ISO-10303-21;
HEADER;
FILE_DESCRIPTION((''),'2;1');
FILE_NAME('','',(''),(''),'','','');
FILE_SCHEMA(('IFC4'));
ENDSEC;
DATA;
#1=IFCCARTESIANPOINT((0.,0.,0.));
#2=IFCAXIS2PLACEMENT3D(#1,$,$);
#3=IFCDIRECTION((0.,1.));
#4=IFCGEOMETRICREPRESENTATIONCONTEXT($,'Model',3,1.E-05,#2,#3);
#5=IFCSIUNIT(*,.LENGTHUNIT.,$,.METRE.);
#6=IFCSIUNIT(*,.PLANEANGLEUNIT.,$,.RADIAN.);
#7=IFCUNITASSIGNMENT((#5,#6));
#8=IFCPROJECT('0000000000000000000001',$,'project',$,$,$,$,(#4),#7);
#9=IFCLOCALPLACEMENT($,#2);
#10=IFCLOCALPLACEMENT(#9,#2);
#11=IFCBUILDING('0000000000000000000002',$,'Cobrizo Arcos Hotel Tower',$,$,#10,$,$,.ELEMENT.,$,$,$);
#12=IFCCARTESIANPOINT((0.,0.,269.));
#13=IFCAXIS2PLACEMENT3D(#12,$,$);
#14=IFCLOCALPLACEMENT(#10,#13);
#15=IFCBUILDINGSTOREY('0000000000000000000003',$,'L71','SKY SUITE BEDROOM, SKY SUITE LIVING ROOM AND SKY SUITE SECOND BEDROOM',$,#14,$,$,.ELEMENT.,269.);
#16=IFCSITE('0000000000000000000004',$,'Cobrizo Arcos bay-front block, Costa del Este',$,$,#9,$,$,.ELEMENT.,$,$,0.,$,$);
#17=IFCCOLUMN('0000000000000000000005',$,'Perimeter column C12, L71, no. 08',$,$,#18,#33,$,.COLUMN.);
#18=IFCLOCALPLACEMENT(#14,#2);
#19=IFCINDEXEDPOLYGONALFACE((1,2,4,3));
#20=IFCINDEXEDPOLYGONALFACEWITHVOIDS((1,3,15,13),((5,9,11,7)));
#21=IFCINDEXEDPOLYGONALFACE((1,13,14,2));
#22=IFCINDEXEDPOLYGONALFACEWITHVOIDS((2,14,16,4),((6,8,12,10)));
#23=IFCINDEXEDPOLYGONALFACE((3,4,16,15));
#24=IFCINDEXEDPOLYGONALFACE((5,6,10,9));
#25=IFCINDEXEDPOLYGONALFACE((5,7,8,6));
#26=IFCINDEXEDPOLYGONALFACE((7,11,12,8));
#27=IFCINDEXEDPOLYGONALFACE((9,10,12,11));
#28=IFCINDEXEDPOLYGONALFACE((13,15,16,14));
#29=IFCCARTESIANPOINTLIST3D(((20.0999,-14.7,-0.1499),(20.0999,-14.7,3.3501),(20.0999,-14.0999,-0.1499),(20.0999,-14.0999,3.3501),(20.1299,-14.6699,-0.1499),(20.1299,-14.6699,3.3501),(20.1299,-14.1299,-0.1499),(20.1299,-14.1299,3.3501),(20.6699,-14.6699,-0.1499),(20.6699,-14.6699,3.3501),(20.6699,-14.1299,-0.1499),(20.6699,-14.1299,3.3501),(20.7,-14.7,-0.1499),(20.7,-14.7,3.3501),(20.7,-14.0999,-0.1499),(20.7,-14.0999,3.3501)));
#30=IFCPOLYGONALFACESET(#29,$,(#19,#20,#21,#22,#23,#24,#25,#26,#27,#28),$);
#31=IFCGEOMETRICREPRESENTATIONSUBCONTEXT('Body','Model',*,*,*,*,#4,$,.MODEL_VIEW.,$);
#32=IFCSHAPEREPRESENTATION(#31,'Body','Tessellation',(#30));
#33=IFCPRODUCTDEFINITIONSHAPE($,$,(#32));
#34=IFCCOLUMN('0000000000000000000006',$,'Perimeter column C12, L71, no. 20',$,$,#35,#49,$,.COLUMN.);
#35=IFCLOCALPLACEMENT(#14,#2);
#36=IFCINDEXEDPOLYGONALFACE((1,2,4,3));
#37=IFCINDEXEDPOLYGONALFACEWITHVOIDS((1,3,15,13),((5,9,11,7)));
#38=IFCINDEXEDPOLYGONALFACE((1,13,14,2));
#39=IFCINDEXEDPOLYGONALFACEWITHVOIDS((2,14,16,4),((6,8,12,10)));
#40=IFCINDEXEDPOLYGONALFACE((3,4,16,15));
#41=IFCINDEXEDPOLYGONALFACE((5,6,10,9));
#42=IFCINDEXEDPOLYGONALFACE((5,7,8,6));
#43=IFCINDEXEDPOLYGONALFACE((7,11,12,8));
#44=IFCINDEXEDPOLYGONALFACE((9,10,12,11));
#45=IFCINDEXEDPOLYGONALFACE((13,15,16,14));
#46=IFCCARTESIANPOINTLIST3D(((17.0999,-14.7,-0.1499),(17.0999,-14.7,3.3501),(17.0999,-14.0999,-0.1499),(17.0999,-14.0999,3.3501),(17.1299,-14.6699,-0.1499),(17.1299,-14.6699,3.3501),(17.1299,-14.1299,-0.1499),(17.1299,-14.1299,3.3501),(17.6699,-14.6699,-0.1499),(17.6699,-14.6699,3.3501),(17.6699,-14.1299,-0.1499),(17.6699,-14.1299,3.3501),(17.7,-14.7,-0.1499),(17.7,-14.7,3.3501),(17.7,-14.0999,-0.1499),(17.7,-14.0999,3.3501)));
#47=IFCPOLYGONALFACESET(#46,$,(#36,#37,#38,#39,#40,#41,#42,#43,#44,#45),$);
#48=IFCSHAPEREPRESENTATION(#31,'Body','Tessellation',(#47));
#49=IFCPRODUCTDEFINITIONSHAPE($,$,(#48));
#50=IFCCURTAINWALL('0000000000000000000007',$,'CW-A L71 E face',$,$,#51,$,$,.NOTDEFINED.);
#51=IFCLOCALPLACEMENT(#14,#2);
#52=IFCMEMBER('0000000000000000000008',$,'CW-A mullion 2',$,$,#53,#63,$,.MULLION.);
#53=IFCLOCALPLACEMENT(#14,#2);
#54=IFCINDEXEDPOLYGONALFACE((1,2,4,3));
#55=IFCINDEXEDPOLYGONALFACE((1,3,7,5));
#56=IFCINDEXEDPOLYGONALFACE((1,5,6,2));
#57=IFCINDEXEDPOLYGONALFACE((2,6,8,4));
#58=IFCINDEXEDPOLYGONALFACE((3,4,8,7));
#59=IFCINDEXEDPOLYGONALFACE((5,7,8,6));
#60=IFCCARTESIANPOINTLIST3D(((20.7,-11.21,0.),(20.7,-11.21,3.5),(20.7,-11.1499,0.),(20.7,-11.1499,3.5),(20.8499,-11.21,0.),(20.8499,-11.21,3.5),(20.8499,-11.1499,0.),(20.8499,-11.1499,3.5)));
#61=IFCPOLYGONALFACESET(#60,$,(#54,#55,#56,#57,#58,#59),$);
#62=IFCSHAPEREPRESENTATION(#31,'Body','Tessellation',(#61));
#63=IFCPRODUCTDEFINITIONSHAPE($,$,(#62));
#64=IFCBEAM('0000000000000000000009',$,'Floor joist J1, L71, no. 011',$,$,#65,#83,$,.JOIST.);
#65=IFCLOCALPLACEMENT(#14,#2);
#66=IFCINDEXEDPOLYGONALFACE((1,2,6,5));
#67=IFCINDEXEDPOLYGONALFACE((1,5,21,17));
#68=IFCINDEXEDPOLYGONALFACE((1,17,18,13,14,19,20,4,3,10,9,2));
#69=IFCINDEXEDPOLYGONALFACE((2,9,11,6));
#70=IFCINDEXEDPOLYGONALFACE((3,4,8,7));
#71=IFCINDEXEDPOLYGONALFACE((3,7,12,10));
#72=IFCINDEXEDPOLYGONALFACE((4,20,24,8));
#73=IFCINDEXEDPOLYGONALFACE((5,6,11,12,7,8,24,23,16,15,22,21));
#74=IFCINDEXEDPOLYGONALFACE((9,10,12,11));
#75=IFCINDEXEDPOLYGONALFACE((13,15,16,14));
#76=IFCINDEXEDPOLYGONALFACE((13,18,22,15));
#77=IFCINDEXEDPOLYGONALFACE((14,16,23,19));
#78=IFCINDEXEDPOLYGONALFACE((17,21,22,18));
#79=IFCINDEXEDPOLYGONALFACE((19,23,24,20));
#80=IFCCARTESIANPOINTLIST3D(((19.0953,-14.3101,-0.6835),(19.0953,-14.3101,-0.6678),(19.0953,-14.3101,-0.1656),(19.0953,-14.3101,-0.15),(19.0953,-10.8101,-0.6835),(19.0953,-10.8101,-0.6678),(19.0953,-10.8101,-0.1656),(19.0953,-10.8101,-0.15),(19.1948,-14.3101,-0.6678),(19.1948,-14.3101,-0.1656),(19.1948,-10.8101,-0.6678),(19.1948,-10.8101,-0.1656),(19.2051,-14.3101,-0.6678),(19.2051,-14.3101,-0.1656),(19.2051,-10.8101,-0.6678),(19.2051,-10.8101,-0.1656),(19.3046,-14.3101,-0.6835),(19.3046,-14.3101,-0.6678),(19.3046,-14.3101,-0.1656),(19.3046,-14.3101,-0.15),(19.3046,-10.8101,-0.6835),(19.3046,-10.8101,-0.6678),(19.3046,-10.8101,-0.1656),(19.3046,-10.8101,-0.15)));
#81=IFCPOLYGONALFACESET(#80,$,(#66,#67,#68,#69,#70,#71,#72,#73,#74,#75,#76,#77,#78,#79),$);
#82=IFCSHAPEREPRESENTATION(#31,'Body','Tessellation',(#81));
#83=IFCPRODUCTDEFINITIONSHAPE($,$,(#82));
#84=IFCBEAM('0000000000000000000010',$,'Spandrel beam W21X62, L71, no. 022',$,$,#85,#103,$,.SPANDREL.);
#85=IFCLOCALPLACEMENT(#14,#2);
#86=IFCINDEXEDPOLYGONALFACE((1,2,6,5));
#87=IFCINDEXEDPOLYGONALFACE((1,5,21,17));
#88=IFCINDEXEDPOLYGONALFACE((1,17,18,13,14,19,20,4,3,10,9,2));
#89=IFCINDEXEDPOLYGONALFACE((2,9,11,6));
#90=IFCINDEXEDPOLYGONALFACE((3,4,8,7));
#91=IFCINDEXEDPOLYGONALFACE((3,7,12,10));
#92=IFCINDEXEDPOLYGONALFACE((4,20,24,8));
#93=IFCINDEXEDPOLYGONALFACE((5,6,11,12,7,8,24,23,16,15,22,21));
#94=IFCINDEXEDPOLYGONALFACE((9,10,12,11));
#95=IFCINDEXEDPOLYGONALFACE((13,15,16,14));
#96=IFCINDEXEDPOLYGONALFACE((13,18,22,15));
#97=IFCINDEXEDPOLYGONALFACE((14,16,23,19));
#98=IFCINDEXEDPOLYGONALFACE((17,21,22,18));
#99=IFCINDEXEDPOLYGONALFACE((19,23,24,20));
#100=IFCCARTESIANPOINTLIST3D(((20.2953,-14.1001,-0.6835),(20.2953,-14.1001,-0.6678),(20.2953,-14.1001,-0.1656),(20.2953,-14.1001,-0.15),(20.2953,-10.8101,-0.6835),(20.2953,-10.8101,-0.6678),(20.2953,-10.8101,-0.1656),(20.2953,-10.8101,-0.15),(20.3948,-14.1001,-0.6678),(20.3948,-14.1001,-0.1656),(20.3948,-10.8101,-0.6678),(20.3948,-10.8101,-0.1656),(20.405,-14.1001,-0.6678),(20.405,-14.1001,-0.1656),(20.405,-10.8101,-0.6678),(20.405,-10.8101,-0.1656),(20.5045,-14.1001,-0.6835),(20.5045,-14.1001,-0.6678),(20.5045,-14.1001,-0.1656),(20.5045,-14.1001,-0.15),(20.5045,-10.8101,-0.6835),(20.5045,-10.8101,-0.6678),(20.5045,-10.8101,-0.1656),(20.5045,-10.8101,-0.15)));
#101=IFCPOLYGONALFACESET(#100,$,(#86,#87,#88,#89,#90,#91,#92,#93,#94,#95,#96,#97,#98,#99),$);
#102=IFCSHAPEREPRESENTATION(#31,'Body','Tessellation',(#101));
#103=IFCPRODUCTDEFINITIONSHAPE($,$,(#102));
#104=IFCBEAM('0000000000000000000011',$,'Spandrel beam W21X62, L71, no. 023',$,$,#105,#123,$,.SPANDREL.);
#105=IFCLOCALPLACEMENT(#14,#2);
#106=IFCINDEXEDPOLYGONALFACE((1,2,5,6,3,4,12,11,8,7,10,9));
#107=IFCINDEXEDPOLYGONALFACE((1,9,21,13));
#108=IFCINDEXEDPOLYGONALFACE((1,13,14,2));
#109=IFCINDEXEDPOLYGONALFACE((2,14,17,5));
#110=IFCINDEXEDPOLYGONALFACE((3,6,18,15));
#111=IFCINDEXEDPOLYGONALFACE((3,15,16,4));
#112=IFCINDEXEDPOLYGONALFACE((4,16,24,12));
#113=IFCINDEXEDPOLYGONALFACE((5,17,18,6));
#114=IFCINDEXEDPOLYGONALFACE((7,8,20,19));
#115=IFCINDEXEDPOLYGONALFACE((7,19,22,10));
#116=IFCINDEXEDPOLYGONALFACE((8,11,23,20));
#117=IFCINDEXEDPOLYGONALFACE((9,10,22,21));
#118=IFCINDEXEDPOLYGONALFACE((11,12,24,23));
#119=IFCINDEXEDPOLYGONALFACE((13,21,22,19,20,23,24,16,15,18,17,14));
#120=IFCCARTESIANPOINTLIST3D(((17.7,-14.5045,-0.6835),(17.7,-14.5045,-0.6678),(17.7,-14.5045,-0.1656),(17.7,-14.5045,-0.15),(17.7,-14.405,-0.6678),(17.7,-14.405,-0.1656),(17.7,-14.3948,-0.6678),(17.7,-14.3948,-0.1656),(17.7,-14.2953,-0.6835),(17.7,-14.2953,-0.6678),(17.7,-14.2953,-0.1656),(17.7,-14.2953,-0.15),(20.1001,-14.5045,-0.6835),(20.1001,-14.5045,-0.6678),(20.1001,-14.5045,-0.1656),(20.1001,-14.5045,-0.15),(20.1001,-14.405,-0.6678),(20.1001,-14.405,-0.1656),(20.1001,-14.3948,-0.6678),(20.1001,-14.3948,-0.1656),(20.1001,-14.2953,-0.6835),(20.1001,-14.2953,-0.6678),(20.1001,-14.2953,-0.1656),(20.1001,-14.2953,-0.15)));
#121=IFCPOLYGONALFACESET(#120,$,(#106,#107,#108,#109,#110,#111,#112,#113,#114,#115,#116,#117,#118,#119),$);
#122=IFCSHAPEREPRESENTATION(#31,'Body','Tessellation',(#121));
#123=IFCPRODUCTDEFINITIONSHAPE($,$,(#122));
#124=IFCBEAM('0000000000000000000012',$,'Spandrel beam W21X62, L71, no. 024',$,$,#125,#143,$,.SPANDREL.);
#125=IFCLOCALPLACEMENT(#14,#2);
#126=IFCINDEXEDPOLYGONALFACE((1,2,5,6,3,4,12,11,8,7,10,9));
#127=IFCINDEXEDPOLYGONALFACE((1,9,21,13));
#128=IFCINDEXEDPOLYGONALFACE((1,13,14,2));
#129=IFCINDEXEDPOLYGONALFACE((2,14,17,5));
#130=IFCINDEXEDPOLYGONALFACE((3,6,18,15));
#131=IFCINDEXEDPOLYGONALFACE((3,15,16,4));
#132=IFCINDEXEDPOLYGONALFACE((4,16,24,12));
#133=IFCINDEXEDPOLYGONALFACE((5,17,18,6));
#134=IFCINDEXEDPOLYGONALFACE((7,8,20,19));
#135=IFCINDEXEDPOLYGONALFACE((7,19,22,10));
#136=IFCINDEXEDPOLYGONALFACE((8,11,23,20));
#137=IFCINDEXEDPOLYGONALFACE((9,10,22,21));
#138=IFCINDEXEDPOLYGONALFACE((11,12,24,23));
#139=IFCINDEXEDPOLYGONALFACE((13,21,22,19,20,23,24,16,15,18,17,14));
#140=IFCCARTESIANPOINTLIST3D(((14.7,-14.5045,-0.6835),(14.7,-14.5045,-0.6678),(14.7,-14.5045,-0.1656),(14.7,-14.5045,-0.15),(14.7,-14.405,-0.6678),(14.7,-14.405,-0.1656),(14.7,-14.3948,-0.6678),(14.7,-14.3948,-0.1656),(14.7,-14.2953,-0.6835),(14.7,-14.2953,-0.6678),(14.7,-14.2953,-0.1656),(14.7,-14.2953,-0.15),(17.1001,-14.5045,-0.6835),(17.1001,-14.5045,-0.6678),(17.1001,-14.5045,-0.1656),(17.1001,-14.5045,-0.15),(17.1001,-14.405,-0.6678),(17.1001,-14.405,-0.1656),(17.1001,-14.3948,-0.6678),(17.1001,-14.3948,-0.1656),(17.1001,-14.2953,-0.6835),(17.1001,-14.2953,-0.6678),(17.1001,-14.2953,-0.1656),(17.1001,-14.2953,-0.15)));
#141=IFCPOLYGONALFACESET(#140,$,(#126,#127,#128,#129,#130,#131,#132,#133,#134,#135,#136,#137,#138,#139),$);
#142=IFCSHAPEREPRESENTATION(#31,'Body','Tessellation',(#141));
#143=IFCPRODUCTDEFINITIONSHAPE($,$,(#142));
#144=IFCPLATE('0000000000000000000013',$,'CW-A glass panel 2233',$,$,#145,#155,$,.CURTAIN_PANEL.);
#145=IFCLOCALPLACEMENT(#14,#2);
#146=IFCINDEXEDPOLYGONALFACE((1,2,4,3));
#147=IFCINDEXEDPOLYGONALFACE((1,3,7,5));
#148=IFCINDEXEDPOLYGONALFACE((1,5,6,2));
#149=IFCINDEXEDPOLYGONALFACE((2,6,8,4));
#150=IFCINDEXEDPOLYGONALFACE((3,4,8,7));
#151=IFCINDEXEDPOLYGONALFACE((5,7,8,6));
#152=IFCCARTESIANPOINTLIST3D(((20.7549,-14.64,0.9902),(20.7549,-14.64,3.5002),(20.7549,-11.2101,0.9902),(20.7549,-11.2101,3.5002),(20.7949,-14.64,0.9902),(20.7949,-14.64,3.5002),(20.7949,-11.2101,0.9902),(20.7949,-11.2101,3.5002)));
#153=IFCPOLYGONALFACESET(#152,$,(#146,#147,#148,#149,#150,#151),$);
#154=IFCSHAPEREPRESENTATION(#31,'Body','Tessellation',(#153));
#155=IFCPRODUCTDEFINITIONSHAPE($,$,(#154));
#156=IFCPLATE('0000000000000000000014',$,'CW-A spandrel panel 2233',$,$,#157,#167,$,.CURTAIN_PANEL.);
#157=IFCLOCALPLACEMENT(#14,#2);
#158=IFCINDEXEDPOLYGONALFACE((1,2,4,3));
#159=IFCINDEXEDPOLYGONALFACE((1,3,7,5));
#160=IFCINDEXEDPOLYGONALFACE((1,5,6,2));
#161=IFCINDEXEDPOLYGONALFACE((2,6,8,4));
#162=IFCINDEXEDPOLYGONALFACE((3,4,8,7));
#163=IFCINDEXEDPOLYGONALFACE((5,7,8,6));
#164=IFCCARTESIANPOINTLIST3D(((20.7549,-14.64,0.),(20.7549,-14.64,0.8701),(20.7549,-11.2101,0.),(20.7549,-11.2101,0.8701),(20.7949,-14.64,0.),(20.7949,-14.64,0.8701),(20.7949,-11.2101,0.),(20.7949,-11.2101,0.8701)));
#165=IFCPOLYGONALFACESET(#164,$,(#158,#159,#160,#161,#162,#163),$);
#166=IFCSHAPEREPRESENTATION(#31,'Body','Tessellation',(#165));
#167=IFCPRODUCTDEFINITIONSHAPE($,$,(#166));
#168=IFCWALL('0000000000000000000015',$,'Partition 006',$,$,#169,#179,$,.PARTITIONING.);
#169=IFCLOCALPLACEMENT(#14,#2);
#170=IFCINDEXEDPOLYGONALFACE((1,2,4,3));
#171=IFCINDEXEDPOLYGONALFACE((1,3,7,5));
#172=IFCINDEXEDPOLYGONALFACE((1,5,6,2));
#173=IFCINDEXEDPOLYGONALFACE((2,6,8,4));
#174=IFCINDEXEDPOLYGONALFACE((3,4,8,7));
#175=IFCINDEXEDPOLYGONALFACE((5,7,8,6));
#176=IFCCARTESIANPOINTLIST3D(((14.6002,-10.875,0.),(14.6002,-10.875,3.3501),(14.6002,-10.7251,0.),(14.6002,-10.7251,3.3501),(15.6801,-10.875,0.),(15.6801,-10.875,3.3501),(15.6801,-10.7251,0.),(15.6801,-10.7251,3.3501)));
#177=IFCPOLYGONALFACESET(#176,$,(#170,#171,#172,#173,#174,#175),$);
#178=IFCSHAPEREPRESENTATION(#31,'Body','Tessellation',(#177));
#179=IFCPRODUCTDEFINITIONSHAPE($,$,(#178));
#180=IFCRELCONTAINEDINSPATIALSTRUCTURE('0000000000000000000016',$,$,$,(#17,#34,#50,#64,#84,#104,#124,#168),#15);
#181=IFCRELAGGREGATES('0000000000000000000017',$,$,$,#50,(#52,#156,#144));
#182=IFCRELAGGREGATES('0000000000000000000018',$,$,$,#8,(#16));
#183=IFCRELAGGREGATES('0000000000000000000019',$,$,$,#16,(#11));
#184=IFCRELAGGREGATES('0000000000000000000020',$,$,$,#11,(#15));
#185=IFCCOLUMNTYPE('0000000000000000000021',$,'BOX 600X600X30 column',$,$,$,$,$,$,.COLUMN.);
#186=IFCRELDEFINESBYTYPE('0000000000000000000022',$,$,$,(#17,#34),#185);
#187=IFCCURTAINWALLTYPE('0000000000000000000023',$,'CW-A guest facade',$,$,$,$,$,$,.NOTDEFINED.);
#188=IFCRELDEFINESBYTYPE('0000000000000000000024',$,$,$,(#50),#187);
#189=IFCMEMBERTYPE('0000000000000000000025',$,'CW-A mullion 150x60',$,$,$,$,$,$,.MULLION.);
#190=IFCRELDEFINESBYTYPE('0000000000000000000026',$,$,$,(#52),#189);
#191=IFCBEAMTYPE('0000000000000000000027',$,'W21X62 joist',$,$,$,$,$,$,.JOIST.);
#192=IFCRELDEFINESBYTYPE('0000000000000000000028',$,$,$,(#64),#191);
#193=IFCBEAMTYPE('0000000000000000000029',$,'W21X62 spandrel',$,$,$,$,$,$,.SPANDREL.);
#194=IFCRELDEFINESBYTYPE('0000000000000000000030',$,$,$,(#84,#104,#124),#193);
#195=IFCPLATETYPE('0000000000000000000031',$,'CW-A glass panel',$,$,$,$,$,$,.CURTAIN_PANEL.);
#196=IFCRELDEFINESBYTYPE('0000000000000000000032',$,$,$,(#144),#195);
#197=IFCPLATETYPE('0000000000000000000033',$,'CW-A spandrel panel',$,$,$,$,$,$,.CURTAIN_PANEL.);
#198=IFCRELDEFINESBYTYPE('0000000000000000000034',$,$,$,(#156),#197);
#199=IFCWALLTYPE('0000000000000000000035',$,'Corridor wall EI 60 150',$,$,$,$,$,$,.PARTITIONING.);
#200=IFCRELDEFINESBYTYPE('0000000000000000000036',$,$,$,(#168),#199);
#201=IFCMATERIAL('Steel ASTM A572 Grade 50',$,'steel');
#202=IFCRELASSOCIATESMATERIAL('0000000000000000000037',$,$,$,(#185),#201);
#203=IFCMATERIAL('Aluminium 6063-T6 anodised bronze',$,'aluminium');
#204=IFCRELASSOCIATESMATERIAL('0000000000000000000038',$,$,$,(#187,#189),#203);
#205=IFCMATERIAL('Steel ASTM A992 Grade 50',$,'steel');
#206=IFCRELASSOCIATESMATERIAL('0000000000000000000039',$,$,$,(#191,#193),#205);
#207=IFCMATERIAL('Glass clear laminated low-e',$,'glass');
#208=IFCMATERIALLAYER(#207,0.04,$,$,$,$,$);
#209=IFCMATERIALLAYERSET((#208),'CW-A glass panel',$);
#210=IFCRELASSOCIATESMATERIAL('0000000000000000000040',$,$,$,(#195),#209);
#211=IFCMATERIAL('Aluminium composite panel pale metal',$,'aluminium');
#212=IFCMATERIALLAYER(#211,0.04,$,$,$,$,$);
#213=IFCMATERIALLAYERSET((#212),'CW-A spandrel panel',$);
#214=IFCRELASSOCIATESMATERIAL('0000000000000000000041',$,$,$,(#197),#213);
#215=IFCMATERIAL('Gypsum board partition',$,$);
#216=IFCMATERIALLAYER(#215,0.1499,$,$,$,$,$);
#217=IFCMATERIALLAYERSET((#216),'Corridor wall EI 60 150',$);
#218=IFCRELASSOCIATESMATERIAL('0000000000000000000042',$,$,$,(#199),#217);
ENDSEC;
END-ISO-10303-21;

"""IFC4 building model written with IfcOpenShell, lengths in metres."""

from ifc_helpers import new_model, si_unit, direction, frame, frame_2d, origin, origin_2d, place, context, subcontext, project, spatial, rectangle, hollow_rectangle, i_section, extrude, material, layer, layer_set, material_profile, profile_set, type_object, element, aggregate, save


model = new_model("IFC4")

# Units and contexts
model_context = context("Model", 3, precision=1e-05, world=origin(), true_north=direction((0.0, 1.0)))
body_context = subcontext(model_context, "Body", "Model", "MODEL_VIEW")
ifc_project = project(units=[si_unit("LENGTHUNIT", "METRE"), si_unit("PLANEANGLEUNIT", "RADIAN")], contexts=[model_context])

# Site, building, storey
site_placement = place(None, origin())
site = spatial("IfcSite", under=ifc_project, at=site_placement, Name="Cobrizo Arcos bay-front block, Costa del Este", CompositionType="ELEMENT", RefElevation=0.0)
building_placement = place(site_placement, origin())
building = spatial("IfcBuilding", under=site, at=building_placement, Name="Cobrizo Arcos Hotel Tower", CompositionType="ELEMENT")
storey_placement = place(building_placement, frame((0.0, 0.0, 269.0)))
storey = spatial("IfcBuildingStorey", under=building, at=storey_placement, Name="L71", Description="SKY SUITE BEDROOM, SKY SUITE LIVING ROOM AND SKY SUITE SECOND BEDROOM", CompositionType="ELEMENT", Elevation=269.0)

# Columns
ifc_material_1 = material(Name="Steel ASTM A572 Grade 50", Category="steel")
ifc_material_profile_1 = material_profile(ifc_material_1, hollow_rectangle(XDim=0.6001, YDim=0.6001, WallThickness=0.03, at=origin_2d()), Name="BOX 600X600X30")
ifc_profile_set_1 = profile_set([ifc_material_profile_1], Name="Steel ASTM A572 Grade 50")
column_type = type_object("IfcColumnType", Name="BOX 600X600X30 column", PredefinedType="COLUMN", material=ifc_profile_set_1)
for number, where, z_axis, x_axis, name in (
    (1, (20.3999, -14.3999, -0.1499), (0.0, 0.0, 1.0), (1.0, 0.0, 0.0), "Perimeter column C12, L71, no. 08"),
    (2, (17.3999, -14.3999, -0.1499), (0.0, 0.0, 1.0), (1.0, 0.0, 0.0), "Perimeter column C12, L71, no. 20"),
):
    element("IfcColumn", number, at=place(storey_placement, frame(where, z_axis=z_axis, x_axis=x_axis)), inside=storey, type_object=column_type, Name=name, PredefinedType="COLUMN", context=body_context, shape_type="SweptSolid", body=[
        extrude(hollow_rectangle(XDim=0.6001, YDim=0.6001, WallThickness=0.03, at=origin_2d()), origin(), (0.0, 0.0, 1.0), 3.5),
    ])

# Curtain wall, member
ifc_material_2 = material(Name="Aluminium 6063-T6 anodised bronze", Category="aluminium")
curtain_wall_type = type_object("IfcCurtainWallType", Name="CW-A guest facade", PredefinedType="NOTDEFINED", material=ifc_material_2)
curtain_wall_placement = place(storey_placement, origin())
curtain_wall = element("IfcCurtainWall", 3, at=curtain_wall_placement, inside=storey, type_object=curtain_wall_type, Name="CW-A L71 E face", PredefinedType="NOTDEFINED")
ifc_material_profile_2 = material_profile(ifc_material_2, rectangle(XDim=0.1499, YDim=0.0601, at=origin_2d()), Name="CW-A mullion 150x60")
ifc_profile_set_2 = profile_set([ifc_material_profile_2], Name="Aluminium 6063-T6 anodised bronze")
member_type = type_object("IfcMemberType", Name="CW-A mullion 150x60", PredefinedType="MULLION", material=ifc_profile_set_2)
member_placement = place(storey_placement, frame((20.7749, -11.1799, 0.0), z_axis=(0.0, 0.0, 1.0), x_axis=(1.0, 0.0, 0.0)))
member = element("IfcMember", 4, at=member_placement, type_object=member_type, Name="CW-A mullion 2", PredefinedType="MULLION", context=body_context, shape_type="SweptSolid", body=[
    extrude(rectangle(XDim=0.1499, YDim=0.0601, at=origin_2d()), origin(), (0.0, 0.0, 1.0), 3.5),
])

# Beams
ifc_material_3 = material(Name="Steel ASTM A992 Grade 50", Category="steel")
ifc_material_profile_3 = material_profile(ifc_material_3, i_section(OverallWidth=0.2092, OverallDepth=0.5334, WebThickness=0.0103, FlangeThickness=0.0156, at=origin_2d()), Name="W21X62")
ifc_profile_set_3 = profile_set([ifc_material_profile_3], Name="Steel ASTM A992 Grade 50")
beam_type_1 = type_object("IfcBeamType", Name="W21X62 joist", PredefinedType="JOIST", material=ifc_profile_set_3)
beam_1_placement = place(storey_placement, frame((19.2, -14.3101, -0.4167), z_axis=(0.0, 1.0, 0.0), x_axis=(-1.0, 0.0, 0.0)))
element("IfcBeam", 5, at=beam_1_placement, inside=storey, type_object=beam_type_1, Name="Floor joist J1, L71, no. 011", PredefinedType="JOIST", context=body_context, shape_type="SweptSolid", body=[
    extrude(i_section(OverallWidth=0.2092, OverallDepth=0.5334, WebThickness=0.0103, FlangeThickness=0.0156, at=origin_2d()), origin(), (0.0, 0.0, 1.0), 3.5),
])
ifc_material_profile_4 = material_profile(ifc_material_3, i_section(OverallWidth=0.2092, OverallDepth=0.5334, WebThickness=0.0103, FlangeThickness=0.0156, at=origin_2d()), Name="W21X62")
ifc_profile_set_4 = profile_set([ifc_material_profile_4], Name="Steel ASTM A992 Grade 50")
beam_type_2 = type_object("IfcBeamType", Name="W21X62 spandrel", PredefinedType="SPANDREL", material=ifc_profile_set_4)
beam_2_placement = place(storey_placement, frame((20.3999, -10.8101, -0.4167), z_axis=(0.0, -1.0, 0.0), x_axis=(1.0, 0.0, 0.0)))
element("IfcBeam", 6, at=beam_2_placement, inside=storey, type_object=beam_type_2, Name="Spandrel beam W21X62, L71, no. 022", PredefinedType="SPANDREL", context=body_context, shape_type="SweptSolid", body=[
    extrude(i_section(OverallWidth=0.2092, OverallDepth=0.5334, WebThickness=0.0103, FlangeThickness=0.0156, at=origin_2d()), origin(), (0.0, 0.0, 1.0), 3.29),
])
for number, where, z_axis, x_axis, name in (
    (7, (20.1001, -14.3999, -0.4167), (-1.0, 0.0, 0.0), (0.0, -1.0, 0.0), "Spandrel beam W21X62, L71, no. 023"),
    (8, (17.1001, -14.3999, -0.4167), (-1.0, 0.0, 0.0), (0.0, -1.0, 0.0), "Spandrel beam W21X62, L71, no. 024"),
):
    element("IfcBeam", number, at=place(storey_placement, frame(where, z_axis=z_axis, x_axis=x_axis)), inside=storey, type_object=beam_type_2, Name=name, PredefinedType="SPANDREL", context=body_context, shape_type="SweptSolid", body=[
        extrude(i_section(OverallWidth=0.2092, OverallDepth=0.5334, WebThickness=0.0103, FlangeThickness=0.0156, at=origin_2d()), origin(), (0.0, 0.0, 1.0), 2.4001),
    ])

# Plates
ifc_material_4 = material(Name="Glass clear laminated low-e", Category="glass")
ifc_layer_1 = layer(ifc_material_4, 0.04)
ifc_layer_set_1 = layer_set([ifc_layer_1], Name="CW-A glass panel")
plate_type_1 = type_object("IfcPlateType", Name="CW-A glass panel", PredefinedType="CURTAIN_PANEL", material=ifc_layer_set_1)
plate_1_placement = place(storey_placement, frame((20.7749, -12.925, 0.9902), z_axis=(0.0, 0.0, 1.0), x_axis=(0.0, 1.0, 0.0)))
plate_1 = element("IfcPlate", 9, at=plate_1_placement, type_object=plate_type_1, Name="CW-A glass panel 2233", PredefinedType="CURTAIN_PANEL", context=body_context, shape_type="SweptSolid", body=[
    extrude(rectangle(XDim=3.4299, YDim=0.04, at=origin_2d()), origin(), (0.0, 0.0, 1.0), 2.51),
])
ifc_material_5 = material(Name="Aluminium composite panel pale metal", Category="aluminium")
ifc_layer_2 = layer(ifc_material_5, 0.04)
ifc_layer_set_2 = layer_set([ifc_layer_2], Name="CW-A spandrel panel")
plate_type_2 = type_object("IfcPlateType", Name="CW-A spandrel panel", PredefinedType="CURTAIN_PANEL", material=ifc_layer_set_2)
plate_2_placement = place(storey_placement, frame((20.7749, -12.925, 0.0), z_axis=(0.0, 0.0, 1.0), x_axis=(0.0, 1.0, 0.0)))
plate_2 = element("IfcPlate", 10, at=plate_2_placement, type_object=plate_type_2, Name="CW-A spandrel panel 2233", PredefinedType="CURTAIN_PANEL", context=body_context, shape_type="SweptSolid", body=[
    extrude(rectangle(XDim=3.4299, YDim=0.04, at=origin_2d()), origin(), (0.0, 0.0, 1.0), 0.8701),
])
aggregate(curtain_wall, [member, plate_2, plate_1])

# Wall
ifc_material_6 = material(Name="Gypsum board partition")
ifc_layer_3 = layer(ifc_material_6, 0.1499)
ifc_layer_set_3 = layer_set([ifc_layer_3], Name="Corridor wall EI 60 150")
wall_type_1 = type_object("IfcWallType", Name="Corridor wall EI 60 150", PredefinedType="PARTITIONING", material=ifc_layer_set_3)
wall_1_placement = place(storey_placement, frame((14.6001, -10.8, 0.0), z_axis=(0.0, 0.0, 1.0), x_axis=(1.0, 0.0, 0.0)))
element("IfcWall", 11, at=wall_1_placement, inside=storey, type_object=wall_type_1, Name="Partition 006", PredefinedType="PARTITIONING", context=body_context, shape_type="SweptSolid", body=[
    extrude(rectangle(XDim=1.0798, YDim=0.1499, at=frame_2d((0.54, 0.0))), origin(), (0.0, 0.0, 1.0), 3.3501),
])

save(model, "model.ifc")
